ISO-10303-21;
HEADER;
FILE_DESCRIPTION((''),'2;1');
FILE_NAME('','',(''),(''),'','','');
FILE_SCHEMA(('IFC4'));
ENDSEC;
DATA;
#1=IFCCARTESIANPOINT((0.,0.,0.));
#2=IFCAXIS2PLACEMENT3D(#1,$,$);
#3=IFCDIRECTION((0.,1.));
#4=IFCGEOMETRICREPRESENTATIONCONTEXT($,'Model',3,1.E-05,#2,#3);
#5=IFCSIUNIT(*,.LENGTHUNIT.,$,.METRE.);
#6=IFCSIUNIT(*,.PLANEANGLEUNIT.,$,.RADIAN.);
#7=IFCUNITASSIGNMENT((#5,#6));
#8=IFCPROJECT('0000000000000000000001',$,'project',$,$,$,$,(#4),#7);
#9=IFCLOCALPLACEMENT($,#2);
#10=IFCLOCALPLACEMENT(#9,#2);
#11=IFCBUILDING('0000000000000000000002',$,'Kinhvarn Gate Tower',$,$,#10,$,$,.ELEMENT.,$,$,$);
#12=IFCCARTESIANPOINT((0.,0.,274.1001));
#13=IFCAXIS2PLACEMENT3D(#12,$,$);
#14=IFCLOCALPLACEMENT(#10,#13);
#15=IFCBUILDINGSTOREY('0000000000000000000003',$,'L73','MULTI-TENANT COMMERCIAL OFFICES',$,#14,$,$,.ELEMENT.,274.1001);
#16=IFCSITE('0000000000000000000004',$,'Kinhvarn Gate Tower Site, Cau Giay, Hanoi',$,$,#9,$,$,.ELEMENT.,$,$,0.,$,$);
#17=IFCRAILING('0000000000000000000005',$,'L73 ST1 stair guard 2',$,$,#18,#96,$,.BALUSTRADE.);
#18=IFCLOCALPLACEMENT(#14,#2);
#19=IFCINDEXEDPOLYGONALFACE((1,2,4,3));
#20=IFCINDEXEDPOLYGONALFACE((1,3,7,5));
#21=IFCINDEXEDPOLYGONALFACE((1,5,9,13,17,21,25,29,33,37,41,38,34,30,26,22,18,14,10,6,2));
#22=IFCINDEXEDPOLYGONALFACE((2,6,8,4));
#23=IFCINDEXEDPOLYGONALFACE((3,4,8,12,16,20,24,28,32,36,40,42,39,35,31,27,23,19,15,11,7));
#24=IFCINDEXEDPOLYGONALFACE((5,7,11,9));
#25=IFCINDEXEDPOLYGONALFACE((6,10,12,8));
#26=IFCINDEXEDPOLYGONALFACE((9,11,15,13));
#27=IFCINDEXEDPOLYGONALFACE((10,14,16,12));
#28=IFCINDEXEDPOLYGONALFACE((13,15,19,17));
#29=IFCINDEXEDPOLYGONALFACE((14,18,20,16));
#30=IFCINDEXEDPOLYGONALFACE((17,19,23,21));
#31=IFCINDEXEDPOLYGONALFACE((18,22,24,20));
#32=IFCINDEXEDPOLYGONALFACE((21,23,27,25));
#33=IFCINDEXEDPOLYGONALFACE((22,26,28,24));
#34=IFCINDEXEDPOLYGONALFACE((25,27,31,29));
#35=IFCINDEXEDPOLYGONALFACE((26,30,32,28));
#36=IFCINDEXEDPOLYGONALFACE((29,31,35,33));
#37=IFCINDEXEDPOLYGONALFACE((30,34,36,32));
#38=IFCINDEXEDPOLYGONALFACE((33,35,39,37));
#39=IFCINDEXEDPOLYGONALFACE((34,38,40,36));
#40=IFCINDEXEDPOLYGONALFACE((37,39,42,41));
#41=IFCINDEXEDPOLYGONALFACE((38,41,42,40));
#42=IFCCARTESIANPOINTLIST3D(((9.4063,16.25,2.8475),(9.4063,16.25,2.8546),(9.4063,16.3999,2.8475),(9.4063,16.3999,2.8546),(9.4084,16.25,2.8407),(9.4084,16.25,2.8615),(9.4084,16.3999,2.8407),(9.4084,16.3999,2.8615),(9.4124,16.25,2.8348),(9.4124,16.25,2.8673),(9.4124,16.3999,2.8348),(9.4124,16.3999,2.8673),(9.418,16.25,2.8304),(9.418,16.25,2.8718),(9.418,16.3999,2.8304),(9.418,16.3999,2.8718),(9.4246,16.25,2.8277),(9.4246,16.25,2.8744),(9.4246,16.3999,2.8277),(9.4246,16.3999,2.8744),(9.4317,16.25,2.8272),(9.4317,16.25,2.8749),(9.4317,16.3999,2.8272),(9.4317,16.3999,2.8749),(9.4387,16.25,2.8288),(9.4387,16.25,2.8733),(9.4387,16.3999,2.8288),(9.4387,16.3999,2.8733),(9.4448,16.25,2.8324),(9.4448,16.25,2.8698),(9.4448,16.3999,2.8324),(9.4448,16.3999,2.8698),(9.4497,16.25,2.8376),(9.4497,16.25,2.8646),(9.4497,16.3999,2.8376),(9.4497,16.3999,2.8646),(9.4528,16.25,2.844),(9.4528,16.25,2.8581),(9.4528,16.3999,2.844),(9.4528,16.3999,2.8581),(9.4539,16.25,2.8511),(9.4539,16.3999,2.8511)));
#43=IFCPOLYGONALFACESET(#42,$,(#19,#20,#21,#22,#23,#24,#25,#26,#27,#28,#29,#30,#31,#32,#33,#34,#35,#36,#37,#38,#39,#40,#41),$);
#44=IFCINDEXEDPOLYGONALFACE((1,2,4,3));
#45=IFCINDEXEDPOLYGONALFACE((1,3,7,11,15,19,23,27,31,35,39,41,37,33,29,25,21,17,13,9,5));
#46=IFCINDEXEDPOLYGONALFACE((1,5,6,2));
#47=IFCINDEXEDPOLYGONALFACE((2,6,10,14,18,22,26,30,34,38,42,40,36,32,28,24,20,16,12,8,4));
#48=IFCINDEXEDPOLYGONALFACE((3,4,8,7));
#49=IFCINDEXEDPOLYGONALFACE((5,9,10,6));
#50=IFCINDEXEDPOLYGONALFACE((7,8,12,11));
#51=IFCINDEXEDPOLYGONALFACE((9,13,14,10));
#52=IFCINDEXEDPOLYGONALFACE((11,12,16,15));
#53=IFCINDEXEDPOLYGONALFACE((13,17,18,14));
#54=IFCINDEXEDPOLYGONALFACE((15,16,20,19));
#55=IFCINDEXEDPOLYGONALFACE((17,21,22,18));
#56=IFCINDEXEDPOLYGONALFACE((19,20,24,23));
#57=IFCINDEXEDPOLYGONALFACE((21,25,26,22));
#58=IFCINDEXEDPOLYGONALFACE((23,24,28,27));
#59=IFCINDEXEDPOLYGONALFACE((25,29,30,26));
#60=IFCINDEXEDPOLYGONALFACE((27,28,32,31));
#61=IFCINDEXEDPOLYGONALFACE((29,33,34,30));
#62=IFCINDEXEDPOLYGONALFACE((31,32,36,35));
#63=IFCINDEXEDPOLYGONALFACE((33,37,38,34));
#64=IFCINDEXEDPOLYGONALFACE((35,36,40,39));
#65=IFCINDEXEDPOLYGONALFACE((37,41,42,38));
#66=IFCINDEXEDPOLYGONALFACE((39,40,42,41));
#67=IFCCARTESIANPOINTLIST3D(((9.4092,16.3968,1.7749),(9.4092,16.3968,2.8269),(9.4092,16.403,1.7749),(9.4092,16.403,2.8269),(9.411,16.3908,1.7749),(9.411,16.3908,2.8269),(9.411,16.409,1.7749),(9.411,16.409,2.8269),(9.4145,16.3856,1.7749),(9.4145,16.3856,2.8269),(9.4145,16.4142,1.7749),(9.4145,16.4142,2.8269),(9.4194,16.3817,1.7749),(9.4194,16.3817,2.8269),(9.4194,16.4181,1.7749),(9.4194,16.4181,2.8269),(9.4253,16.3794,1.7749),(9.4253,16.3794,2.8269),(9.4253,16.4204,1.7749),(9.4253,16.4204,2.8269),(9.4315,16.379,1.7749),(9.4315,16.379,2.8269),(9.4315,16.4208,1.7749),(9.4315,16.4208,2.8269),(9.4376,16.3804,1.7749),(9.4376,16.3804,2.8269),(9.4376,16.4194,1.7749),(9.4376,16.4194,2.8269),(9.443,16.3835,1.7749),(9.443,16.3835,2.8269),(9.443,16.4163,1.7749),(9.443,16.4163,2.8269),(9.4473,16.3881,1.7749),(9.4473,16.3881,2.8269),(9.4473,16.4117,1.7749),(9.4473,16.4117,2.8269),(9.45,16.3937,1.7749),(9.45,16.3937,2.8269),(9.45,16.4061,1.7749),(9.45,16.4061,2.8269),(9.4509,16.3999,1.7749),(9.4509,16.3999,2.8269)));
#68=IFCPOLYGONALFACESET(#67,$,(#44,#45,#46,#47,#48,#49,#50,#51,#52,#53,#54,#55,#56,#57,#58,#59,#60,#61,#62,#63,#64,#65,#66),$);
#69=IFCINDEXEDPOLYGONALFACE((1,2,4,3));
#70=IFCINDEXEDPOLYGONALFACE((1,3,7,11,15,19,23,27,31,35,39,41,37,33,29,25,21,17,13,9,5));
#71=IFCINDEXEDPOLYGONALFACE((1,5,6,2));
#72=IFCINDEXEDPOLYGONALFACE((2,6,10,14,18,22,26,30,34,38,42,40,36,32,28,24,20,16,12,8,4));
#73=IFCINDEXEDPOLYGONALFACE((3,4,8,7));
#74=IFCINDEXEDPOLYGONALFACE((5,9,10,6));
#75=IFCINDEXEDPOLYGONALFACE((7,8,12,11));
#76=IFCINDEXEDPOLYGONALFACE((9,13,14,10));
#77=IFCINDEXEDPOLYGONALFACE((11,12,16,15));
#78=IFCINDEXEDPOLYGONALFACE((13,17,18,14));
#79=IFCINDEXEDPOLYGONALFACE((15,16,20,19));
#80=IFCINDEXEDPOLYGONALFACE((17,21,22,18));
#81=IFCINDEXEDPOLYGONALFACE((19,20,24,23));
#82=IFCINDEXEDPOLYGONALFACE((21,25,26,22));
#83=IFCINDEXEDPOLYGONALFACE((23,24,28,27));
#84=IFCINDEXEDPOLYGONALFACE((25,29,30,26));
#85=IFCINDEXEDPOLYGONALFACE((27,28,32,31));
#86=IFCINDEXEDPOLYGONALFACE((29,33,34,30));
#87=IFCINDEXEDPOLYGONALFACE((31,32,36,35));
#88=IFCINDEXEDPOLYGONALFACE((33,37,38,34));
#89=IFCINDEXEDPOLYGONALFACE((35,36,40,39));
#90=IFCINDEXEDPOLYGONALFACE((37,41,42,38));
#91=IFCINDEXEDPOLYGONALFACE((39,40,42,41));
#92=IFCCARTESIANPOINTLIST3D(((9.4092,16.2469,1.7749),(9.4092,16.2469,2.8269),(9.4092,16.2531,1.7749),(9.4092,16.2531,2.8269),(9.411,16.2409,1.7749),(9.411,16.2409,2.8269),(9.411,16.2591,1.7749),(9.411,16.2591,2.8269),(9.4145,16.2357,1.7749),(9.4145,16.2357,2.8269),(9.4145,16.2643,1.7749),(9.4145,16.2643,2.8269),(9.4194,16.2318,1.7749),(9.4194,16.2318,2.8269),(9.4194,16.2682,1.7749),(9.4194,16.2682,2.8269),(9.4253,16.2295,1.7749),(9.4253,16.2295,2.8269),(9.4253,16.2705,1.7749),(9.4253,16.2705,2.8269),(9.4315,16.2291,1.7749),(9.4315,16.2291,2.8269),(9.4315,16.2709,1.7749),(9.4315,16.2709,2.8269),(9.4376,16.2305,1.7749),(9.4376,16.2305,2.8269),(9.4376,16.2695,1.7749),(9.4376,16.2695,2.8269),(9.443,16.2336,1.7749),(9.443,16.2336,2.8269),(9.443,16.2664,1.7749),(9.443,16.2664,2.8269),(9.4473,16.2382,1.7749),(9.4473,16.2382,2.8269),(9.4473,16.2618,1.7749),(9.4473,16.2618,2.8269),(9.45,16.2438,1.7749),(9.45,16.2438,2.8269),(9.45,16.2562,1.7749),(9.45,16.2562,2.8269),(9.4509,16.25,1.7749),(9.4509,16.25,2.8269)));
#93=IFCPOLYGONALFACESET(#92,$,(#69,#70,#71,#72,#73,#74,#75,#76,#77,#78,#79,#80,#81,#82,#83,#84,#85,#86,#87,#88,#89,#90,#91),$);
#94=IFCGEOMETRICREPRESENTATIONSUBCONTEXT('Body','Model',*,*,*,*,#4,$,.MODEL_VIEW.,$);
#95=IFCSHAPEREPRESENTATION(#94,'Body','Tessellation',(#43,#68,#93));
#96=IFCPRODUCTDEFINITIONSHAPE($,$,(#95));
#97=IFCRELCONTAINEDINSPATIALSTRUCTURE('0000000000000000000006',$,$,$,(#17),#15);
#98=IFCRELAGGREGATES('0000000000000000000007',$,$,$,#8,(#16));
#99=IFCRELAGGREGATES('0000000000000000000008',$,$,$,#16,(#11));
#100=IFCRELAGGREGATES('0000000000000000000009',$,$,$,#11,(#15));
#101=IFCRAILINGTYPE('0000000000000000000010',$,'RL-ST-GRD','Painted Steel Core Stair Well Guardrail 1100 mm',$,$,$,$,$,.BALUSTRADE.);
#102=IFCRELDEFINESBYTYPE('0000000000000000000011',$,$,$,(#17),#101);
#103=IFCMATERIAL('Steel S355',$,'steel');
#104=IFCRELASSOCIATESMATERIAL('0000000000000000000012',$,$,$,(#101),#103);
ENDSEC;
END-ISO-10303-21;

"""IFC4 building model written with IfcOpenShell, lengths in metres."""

from ifc_helpers import new_model, si_unit, direction, frame, origin, origin_2d, place, context, subcontext, project, spatial, circle, extrude, material, type_object, element, save


model = new_model("IFC4")

# Units and contexts
model_context = context("Model", 3, precision=1e-05, world=origin(), true_north=direction((0.0, 1.0)))
body_context = subcontext(model_context, "Body", "Model", "MODEL_VIEW")
ifc_project = project(units=[si_unit("LENGTHUNIT", "METRE"), si_unit("PLANEANGLEUNIT", "RADIAN")], contexts=[model_context])

# Site, building, storey
site_placement = place(None, origin())
site = spatial("IfcSite", under=ifc_project, at=site_placement, Name="Kinhvarn Gate Tower Site, Cau Giay, Hanoi", CompositionType="ELEMENT", RefElevation=0.0)
building_placement = place(site_placement, origin())
building = spatial("IfcBuilding", under=site, at=building_placement, Name="Kinhvarn Gate Tower", CompositionType="ELEMENT")
storey_placement = place(building_placement, frame((0.0, 0.0, 274.1001)))
storey = spatial("IfcBuildingStorey", under=building, at=storey_placement, Name="L73", Description="MULTI-TENANT COMMERCIAL OFFICES", CompositionType="ELEMENT", Elevation=274.1001)

# Shared definitions
ifc_material_1 = material(Name="Steel S355", Category="steel")

# Railing
railing_type_1 = type_object("IfcRailingType", Name="RL-ST-GRD", Description="Painted Steel Core Stair Well Guardrail 1100 mm", PredefinedType="BALUSTRADE", material=ifc_material_1)
railing_1_placement = place(storey_placement, frame((9.4299, 16.3999, 1.7749)))
element("IfcRailing", 1, at=railing_1_placement, inside=storey, type_object=railing_type_1, Name="L73 ST1 stair guard 2", PredefinedType="BALUSTRADE", context=body_context, shape_type="SweptSolid", body=[
    extrude(circle(Radius=0.0239, at=origin_2d()), frame((0.0, 0.0, 1.0762), z_axis=(0.0, -1.0, 0.0), x_axis=(1.0, 0.0, 0.0)), (0.0, 0.0, 1.0), 0.1499),
    extrude(circle(Radius=0.021, at=origin_2d()), origin(), (0.0, 0.0, 1.0), 1.052),
    extrude(circle(Radius=0.021, at=origin_2d()), frame((0.0, -0.1499, 0.0)), (0.0, 0.0, 1.0), 1.052),
])

save(model, "model.ifc")
